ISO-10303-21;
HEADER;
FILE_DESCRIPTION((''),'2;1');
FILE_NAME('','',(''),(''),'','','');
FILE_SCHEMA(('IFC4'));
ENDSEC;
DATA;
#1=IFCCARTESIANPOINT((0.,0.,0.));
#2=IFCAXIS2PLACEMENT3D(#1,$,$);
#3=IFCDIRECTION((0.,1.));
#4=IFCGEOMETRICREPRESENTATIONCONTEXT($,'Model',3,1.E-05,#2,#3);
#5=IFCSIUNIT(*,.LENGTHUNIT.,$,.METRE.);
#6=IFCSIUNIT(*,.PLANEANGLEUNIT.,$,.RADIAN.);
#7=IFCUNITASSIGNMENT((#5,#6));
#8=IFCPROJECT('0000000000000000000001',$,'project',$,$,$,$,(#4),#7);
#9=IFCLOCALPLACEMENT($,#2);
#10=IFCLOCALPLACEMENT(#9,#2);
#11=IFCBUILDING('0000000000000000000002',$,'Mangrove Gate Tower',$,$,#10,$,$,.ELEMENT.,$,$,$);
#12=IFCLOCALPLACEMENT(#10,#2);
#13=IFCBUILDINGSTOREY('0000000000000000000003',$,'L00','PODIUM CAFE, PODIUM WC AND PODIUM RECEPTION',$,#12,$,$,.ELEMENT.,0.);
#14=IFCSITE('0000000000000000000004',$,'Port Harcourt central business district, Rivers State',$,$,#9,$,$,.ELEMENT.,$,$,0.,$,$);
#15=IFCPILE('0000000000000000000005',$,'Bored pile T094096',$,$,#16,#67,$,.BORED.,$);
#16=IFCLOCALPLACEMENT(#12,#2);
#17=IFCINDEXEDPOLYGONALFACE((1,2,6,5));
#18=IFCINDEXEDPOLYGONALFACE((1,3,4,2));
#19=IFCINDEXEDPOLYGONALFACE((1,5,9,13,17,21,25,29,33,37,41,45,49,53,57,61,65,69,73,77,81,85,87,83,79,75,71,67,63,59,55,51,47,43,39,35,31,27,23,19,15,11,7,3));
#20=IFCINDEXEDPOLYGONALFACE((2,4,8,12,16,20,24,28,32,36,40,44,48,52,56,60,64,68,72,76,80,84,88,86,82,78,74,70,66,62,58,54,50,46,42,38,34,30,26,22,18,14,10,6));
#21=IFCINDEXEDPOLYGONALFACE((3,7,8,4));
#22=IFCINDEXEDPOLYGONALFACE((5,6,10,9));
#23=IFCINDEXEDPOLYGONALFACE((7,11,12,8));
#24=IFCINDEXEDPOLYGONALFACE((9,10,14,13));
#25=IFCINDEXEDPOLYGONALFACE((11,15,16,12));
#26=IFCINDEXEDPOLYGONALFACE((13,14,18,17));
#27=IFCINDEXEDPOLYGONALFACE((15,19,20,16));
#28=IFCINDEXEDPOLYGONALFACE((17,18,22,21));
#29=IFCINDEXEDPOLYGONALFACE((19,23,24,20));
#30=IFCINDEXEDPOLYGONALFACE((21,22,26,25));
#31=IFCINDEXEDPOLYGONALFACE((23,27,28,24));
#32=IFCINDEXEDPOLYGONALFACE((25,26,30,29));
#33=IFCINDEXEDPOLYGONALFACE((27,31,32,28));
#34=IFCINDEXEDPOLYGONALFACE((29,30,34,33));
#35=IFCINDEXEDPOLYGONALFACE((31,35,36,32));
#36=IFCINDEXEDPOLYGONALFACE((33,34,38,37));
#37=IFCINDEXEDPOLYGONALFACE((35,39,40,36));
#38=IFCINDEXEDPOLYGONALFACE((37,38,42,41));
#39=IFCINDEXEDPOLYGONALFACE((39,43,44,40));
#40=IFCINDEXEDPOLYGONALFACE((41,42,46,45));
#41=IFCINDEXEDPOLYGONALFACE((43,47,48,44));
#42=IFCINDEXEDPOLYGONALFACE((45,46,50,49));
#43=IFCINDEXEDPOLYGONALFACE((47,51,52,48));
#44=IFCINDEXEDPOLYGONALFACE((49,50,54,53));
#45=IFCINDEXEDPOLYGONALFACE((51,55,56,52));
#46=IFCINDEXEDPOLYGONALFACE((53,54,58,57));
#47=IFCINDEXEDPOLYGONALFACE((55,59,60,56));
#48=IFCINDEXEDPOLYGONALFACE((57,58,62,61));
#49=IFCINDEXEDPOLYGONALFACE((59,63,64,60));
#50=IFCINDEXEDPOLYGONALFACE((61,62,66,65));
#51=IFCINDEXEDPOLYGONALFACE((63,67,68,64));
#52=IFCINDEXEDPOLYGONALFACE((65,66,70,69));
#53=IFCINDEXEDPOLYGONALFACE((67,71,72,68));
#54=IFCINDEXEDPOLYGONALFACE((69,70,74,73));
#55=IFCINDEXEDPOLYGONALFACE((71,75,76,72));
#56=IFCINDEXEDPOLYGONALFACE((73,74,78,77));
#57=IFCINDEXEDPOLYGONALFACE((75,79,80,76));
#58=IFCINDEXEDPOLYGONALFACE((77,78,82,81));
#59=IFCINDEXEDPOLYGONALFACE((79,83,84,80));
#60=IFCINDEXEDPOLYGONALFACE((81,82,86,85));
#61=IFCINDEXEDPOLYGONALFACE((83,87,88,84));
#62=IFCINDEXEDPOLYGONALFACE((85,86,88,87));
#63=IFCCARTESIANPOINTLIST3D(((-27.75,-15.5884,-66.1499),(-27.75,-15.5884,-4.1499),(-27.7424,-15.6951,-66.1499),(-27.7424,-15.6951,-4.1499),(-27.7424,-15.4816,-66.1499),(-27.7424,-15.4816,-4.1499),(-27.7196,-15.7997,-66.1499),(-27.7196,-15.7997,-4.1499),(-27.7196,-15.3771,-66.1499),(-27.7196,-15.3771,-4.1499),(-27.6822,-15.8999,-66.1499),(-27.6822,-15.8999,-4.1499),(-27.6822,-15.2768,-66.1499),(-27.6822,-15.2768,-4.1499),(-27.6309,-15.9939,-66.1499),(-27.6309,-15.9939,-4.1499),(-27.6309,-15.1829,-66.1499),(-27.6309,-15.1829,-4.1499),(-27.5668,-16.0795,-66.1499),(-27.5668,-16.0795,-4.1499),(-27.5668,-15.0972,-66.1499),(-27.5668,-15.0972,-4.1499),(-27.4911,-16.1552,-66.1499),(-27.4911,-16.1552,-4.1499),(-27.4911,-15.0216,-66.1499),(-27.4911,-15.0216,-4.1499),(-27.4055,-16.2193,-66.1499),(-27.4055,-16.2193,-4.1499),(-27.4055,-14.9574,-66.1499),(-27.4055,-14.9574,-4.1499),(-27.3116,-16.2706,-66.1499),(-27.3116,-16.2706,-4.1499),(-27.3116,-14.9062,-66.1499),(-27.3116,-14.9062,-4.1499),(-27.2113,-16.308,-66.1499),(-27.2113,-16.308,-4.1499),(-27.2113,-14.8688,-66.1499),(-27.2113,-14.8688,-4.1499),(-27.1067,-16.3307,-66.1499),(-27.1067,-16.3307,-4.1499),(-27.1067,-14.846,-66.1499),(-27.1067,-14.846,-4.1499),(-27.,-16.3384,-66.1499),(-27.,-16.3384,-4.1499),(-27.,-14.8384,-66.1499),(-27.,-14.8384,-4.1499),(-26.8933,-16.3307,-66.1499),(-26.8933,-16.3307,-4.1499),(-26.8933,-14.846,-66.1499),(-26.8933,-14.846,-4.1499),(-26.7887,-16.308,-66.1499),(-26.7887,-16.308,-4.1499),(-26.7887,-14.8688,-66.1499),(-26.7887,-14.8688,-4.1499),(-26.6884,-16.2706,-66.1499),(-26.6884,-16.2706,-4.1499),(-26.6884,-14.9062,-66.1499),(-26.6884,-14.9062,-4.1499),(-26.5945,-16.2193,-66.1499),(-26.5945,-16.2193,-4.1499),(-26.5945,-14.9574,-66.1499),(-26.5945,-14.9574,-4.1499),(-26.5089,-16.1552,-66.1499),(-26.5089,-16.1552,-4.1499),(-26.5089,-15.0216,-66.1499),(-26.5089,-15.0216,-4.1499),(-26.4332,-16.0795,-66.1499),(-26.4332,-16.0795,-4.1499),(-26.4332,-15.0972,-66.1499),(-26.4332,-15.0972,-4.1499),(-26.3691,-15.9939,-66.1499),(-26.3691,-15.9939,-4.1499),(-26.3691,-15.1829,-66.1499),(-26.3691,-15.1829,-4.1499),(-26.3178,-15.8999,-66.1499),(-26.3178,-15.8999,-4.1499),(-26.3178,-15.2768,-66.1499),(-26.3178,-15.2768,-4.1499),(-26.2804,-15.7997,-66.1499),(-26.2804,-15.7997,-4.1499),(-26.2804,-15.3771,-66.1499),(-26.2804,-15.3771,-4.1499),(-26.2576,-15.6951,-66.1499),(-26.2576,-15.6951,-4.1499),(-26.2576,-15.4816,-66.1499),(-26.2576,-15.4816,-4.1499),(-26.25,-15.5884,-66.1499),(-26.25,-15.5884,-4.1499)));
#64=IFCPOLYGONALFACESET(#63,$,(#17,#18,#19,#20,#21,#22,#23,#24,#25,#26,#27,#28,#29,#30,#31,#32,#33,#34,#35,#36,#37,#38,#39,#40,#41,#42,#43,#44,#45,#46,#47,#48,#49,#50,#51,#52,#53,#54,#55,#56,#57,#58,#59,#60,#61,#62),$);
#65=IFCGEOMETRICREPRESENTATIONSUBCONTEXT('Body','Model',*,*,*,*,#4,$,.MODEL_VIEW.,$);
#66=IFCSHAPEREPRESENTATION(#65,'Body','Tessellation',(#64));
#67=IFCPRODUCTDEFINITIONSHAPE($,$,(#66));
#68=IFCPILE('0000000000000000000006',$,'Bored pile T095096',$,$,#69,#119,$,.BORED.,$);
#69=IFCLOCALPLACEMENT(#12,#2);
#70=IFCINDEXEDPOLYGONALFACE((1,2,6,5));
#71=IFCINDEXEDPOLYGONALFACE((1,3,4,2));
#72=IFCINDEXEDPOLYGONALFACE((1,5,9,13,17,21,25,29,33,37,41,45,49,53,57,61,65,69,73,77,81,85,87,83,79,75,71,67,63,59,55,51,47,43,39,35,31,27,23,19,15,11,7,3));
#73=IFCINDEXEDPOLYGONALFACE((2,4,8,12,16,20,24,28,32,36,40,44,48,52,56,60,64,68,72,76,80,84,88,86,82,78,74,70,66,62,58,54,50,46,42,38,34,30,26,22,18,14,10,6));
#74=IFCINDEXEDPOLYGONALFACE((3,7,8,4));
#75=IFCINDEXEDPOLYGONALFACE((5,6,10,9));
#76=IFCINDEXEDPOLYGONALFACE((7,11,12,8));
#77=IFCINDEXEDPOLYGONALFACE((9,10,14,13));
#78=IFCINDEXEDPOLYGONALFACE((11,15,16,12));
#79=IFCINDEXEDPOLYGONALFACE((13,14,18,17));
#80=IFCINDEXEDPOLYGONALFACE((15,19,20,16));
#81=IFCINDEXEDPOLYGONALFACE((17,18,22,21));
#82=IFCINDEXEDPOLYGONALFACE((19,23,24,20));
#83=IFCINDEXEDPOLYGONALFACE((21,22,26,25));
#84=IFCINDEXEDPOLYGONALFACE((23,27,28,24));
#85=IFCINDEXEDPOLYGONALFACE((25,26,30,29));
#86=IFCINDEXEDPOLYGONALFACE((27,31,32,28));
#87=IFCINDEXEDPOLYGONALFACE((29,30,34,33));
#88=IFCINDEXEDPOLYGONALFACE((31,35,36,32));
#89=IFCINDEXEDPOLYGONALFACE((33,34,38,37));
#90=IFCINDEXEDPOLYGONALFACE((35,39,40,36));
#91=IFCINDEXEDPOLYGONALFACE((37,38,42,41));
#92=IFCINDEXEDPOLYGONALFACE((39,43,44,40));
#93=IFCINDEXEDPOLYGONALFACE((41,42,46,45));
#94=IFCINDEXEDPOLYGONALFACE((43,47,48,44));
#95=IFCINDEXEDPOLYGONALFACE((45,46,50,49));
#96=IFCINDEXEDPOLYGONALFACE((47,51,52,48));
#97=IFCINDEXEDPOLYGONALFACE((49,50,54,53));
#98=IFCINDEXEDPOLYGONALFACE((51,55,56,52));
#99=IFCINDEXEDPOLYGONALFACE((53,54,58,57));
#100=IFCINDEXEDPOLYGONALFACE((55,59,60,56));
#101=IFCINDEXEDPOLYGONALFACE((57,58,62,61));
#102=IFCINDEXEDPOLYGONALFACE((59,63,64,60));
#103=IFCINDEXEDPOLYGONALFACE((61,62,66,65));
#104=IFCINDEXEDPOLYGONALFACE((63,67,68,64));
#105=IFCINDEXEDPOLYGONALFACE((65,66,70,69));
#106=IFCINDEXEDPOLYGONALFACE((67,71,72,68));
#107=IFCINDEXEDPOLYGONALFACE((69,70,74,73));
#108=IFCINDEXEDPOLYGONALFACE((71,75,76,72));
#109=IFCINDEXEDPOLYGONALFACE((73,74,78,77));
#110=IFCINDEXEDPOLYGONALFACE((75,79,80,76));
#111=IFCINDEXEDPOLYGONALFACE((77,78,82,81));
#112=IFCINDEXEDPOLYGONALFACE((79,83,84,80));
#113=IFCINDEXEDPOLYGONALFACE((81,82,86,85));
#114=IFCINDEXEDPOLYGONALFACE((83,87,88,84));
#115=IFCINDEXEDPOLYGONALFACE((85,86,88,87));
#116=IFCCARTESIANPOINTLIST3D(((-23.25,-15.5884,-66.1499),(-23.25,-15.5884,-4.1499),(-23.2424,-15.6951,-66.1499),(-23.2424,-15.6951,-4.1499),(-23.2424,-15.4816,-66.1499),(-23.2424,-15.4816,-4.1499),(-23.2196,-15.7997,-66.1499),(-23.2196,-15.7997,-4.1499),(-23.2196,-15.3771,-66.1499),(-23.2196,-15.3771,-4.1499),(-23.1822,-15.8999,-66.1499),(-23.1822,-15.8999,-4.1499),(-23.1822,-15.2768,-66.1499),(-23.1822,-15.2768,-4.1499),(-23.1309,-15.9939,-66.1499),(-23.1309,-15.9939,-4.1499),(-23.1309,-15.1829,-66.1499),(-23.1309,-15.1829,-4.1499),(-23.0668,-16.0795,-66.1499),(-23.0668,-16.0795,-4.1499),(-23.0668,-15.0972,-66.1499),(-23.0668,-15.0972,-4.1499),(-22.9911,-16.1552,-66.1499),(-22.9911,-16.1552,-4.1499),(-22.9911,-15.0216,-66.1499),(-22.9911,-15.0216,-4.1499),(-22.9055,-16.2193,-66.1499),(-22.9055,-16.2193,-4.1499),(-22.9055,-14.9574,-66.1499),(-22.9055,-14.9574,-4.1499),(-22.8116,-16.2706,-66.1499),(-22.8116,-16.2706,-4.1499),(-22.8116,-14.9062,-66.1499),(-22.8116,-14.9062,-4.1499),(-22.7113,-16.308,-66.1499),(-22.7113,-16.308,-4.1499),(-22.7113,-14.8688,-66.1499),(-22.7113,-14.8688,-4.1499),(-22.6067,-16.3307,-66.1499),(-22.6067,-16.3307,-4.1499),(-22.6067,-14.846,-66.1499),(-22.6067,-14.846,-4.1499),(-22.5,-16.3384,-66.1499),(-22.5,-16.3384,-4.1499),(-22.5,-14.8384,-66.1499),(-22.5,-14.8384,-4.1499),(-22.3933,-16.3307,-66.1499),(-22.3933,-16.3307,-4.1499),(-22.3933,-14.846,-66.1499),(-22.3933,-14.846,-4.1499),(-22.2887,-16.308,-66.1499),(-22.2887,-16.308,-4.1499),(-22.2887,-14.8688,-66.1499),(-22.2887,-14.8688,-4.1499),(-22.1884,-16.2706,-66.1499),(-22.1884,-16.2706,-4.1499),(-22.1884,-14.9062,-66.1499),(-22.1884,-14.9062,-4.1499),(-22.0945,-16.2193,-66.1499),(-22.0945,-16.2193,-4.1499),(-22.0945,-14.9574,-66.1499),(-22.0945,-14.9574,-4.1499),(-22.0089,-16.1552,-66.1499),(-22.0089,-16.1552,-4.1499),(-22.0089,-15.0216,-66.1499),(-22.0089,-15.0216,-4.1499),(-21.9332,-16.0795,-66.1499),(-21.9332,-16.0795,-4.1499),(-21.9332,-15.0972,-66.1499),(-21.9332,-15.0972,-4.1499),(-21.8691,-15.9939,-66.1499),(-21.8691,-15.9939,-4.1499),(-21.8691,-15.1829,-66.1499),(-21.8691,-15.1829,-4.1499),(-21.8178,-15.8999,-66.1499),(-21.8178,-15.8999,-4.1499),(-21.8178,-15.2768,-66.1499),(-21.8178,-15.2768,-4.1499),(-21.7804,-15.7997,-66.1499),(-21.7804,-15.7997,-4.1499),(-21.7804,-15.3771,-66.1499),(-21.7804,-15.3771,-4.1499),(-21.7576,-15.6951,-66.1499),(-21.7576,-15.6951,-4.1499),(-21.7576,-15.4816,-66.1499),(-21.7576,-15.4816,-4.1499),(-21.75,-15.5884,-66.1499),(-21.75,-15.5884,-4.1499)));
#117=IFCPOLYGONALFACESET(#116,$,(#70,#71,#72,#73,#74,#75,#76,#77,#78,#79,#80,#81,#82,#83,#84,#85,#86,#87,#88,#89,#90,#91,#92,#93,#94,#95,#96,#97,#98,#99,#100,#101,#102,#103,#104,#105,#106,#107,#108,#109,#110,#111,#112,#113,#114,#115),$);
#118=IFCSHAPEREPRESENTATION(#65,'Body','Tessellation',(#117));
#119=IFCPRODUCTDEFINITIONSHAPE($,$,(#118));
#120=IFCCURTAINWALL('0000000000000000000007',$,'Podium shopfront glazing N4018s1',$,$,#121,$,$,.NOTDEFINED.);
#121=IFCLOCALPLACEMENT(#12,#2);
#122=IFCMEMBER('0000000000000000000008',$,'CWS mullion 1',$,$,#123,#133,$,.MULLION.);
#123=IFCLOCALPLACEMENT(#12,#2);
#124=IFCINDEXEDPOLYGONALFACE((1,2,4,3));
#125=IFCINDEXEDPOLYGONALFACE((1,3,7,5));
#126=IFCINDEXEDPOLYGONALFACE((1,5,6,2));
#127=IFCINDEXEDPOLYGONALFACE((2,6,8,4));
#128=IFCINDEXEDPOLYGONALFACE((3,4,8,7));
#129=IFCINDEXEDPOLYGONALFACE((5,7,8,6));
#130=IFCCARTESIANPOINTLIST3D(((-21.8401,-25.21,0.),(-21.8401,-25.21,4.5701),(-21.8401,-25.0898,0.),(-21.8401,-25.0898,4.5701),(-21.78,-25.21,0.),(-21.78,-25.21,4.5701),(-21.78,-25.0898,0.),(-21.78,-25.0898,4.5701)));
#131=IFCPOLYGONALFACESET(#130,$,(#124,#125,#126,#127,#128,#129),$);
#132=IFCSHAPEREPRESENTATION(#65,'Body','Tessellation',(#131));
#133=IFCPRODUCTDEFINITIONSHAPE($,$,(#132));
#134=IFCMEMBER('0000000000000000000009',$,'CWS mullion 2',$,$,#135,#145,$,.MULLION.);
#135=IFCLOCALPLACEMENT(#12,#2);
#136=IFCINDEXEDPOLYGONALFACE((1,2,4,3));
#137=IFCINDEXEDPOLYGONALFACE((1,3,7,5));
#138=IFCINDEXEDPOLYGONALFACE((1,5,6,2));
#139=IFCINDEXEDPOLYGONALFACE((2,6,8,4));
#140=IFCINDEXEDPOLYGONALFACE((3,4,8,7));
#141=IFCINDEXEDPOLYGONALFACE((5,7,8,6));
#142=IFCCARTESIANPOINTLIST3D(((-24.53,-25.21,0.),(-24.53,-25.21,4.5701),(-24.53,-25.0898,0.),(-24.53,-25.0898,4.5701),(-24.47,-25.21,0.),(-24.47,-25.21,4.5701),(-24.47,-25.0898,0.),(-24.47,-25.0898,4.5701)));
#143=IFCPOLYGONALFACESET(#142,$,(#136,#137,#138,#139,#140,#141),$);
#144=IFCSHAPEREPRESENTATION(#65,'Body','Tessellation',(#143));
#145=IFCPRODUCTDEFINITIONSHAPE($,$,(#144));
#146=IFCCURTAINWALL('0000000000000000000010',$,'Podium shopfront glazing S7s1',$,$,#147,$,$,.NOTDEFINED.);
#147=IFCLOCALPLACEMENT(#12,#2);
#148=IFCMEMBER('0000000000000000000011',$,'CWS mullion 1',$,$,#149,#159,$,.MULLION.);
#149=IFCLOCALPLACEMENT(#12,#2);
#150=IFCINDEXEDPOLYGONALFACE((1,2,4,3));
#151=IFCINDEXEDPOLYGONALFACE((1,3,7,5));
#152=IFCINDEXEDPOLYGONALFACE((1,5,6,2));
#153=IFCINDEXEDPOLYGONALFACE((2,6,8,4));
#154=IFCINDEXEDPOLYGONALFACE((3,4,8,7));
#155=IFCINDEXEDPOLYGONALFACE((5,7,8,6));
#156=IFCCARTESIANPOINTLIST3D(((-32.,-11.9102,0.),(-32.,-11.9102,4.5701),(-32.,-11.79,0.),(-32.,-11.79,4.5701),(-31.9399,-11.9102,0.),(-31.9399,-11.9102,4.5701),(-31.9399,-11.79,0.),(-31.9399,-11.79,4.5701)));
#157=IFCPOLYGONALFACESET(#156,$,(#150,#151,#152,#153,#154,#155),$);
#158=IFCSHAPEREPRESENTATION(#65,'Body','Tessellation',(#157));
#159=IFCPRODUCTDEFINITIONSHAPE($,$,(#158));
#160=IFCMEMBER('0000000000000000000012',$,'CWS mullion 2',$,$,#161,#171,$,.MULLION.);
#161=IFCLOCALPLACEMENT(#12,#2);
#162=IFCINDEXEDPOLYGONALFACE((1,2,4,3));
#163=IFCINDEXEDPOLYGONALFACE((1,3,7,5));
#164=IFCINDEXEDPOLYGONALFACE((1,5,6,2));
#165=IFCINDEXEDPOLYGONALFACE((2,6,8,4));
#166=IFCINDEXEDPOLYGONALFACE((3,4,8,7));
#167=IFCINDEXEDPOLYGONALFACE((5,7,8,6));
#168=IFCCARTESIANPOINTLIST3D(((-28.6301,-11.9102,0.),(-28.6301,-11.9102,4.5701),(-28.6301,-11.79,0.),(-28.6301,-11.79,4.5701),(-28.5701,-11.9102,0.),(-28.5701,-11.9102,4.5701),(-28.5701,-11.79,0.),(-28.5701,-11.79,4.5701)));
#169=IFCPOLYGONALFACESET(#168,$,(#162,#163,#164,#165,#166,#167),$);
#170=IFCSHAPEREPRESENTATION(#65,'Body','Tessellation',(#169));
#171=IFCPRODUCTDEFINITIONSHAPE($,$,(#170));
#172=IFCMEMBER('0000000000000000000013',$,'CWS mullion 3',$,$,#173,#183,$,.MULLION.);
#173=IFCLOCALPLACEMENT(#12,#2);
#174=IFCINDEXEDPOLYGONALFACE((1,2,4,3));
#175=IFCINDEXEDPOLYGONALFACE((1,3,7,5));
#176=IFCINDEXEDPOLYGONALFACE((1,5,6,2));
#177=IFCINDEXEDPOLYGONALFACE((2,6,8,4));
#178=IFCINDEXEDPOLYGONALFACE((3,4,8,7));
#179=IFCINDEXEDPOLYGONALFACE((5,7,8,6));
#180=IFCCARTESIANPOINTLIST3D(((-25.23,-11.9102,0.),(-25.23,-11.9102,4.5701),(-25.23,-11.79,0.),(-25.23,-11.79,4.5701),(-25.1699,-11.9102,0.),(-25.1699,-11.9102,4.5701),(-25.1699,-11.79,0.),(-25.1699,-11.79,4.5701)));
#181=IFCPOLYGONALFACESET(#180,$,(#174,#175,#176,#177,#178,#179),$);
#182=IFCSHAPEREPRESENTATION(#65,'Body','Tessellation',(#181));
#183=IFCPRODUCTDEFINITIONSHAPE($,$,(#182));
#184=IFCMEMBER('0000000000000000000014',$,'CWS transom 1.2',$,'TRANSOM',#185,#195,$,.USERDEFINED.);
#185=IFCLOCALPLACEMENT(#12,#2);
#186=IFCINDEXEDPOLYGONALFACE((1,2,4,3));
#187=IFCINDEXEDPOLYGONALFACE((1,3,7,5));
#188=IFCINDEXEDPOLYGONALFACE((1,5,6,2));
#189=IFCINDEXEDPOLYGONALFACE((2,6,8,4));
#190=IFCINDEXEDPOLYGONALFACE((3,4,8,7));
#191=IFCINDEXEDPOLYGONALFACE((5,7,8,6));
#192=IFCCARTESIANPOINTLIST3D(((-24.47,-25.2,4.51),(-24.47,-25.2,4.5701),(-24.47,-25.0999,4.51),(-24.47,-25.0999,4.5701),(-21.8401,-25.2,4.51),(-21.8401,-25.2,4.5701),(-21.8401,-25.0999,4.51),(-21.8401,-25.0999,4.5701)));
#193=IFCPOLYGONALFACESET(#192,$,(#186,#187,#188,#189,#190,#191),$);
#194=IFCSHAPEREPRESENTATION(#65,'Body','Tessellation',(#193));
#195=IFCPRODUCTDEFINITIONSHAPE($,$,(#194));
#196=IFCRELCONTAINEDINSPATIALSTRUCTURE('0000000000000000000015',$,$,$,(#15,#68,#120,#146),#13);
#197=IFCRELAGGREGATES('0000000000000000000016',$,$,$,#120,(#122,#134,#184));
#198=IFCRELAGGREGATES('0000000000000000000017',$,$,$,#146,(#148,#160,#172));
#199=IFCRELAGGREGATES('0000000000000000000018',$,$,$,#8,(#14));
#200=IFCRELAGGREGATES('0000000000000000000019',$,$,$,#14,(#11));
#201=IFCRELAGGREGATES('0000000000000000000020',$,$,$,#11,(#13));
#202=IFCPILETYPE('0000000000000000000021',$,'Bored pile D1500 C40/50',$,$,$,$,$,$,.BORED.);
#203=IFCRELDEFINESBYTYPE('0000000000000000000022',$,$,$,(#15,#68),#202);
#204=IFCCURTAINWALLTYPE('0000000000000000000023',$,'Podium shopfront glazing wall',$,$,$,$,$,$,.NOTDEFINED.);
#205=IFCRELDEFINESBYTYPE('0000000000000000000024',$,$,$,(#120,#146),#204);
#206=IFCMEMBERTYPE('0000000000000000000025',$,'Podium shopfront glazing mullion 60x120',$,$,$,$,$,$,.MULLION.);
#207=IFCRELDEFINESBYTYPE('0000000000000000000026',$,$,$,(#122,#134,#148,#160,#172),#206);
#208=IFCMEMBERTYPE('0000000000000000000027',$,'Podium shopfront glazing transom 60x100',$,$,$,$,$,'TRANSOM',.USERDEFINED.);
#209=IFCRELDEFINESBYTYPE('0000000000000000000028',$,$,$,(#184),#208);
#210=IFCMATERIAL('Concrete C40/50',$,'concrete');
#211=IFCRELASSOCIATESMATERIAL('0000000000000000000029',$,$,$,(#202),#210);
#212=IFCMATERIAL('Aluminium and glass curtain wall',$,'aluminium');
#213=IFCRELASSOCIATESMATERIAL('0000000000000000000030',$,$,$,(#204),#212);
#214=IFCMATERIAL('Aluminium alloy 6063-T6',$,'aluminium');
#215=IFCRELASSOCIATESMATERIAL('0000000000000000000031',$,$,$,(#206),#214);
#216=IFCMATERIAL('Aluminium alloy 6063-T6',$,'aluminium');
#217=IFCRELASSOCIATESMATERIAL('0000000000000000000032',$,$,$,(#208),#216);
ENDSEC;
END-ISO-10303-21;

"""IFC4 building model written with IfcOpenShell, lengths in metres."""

from ifc_helpers import new_model, si_unit, direction, frame, origin, origin_2d, place, context, subcontext, project, spatial, rectangle, circle, extrude, material, material_profile, profile_set, type_object, element, aggregate, save


model = new_model("IFC4")

# Units and contexts
model_context = context("Model", 3, precision=1e-05, world=origin(), true_north=direction((0.0, 1.0)))
body_context = subcontext(model_context, "Body", "Model", "MODEL_VIEW")
ifc_project = project(units=[si_unit("LENGTHUNIT", "METRE"), si_unit("PLANEANGLEUNIT", "RADIAN")], contexts=[model_context])

# Site, building, storey
site_placement = place(None, origin())
site = spatial("IfcSite", under=ifc_project, at=site_placement, Name="Port Harcourt central business district, Rivers State", CompositionType="ELEMENT", RefElevation=0.0)
building_placement = place(site_placement, origin())
building = spatial("IfcBuilding", under=site, at=building_placement, Name="Mangrove Gate Tower", CompositionType="ELEMENT")
storey_placement = place(building_placement, origin())
storey = spatial("IfcBuildingStorey", under=building, at=storey_placement, Name="L00", Description="PODIUM CAFE, PODIUM WC AND PODIUM RECEPTION", CompositionType="ELEMENT", Elevation=0.0)

# Piles
ifc_material_1 = material(Name="Concrete C40/50", Category="concrete")
ifc_material_profile_1 = material_profile(ifc_material_1, circle(Radius=0.75, at=origin_2d()))
ifc_profile_set_1 = profile_set([ifc_material_profile_1], Name="Concrete C40/50")
pile_type = type_object("IfcPileType", Name="Bored pile D1500 C40/50", PredefinedType="BORED", material=ifc_profile_set_1)
for number, where, z_axis, x_axis, name in (
    (1, (-27.0, -15.5884, -4.1499), (0.0, 0.0, -1.0), (1.0, 0.0, 0.0), "Bored pile T094096"),
    (2, (-22.5, -15.5884, -4.1499), (0.0, 0.0, -1.0), (1.0, 0.0, 0.0), "Bored pile T095096"),
):
    element("IfcPile", number, at=place(storey_placement, frame(where, z_axis=z_axis, x_axis=x_axis)), inside=storey, type_object=pile_type, Name=name, PredefinedType="BORED", context=body_context, shape_type="SweptSolid", body=[
        extrude(circle(Radius=0.75, at=origin_2d()), origin(), (0.0, 0.0, 1.0), 62.0),
    ])

# Curtain walls, members
ifc_material_2 = material(Name="Aluminium and glass curtain wall", Category="aluminium")
curtain_wall_type = type_object("IfcCurtainWallType", Name="Podium shopfront glazing wall", PredefinedType="NOTDEFINED", material=ifc_material_2)
curtain_wall_1_placement = place(storey_placement, origin())
curtain_wall_1 = element("IfcCurtainWall", 3, at=curtain_wall_1_placement, inside=storey, type_object=curtain_wall_type, Name="Podium shopfront glazing N4018s1", PredefinedType="NOTDEFINED")
ifc_material_3 = material(Name="Aluminium alloy 6063-T6", Category="aluminium")
ifc_material_profile_2 = material_profile(ifc_material_3, rectangle(XDim=0.0601, YDim=0.1201, at=origin_2d()))
ifc_profile_set_2 = profile_set([ifc_material_profile_2], Name="Aluminium alloy 6063-T6")
member_type_1 = type_object("IfcMemberType", Name="Podium shopfront glazing mullion 60x120", PredefinedType="MULLION", material=ifc_profile_set_2)
member_1_placement = place(storey_placement, frame((-21.8101, -25.1499, 0.0), z_axis=(0.0, 0.0, 1.0), x_axis=(-1.0, 0.0, 0.0)))
member_1 = element("IfcMember", 4, at=member_1_placement, type_object=member_type_1, Name="CWS mullion 1", PredefinedType="MULLION", context=body_context, shape_type="SweptSolid", body=[
    extrude(rectangle(XDim=0.0601, YDim=0.1201, at=origin_2d()), origin(), (0.0, 0.0, 1.0), 4.5701),
])
member_2_placement = place(storey_placement, frame((-24.5, -25.1499, 0.0), z_axis=(0.0, 0.0, 1.0), x_axis=(-1.0, 0.0, 0.0)))
member_2 = element("IfcMember", 5, at=member_2_placement, type_object=member_type_1, Name="CWS mullion 2", PredefinedType="MULLION", context=body_context, shape_type="SweptSolid", body=[
    extrude(rectangle(XDim=0.0601, YDim=0.1201, at=origin_2d()), origin(), (0.0, 0.0, 1.0), 4.5701),
])
curtain_wall_2_placement = place(storey_placement, origin())
curtain_wall_2 = element("IfcCurtainWall", 6, at=curtain_wall_2_placement, inside=storey, type_object=curtain_wall_type, Name="Podium shopfront glazing S7s1", PredefinedType="NOTDEFINED")
member_3_placement = place(storey_placement, frame((-31.97, -11.8501, 0.0), z_axis=(0.0, 0.0, 1.0), x_axis=(1.0, 0.0, 0.0)))
member_3 = element("IfcMember", 7, at=member_3_placement, type_object=member_type_1, Name="CWS mullion 1", PredefinedType="MULLION", context=body_context, shape_type="SweptSolid", body=[
    extrude(rectangle(XDim=0.0601, YDim=0.1201, at=origin_2d()), origin(), (0.0, 0.0, 1.0), 4.5701),
])
member_4_placement = place(storey_placement, frame((-28.6001, -11.8501, 0.0), z_axis=(0.0, 0.0, 1.0), x_axis=(1.0, 0.0, 0.0)))
member_4 = element("IfcMember", 8, at=member_4_placement, type_object=member_type_1, Name="CWS mullion 2", PredefinedType="MULLION", context=body_context, shape_type="SweptSolid", body=[
    extrude(rectangle(XDim=0.0601, YDim=0.1201, at=origin_2d()), origin(), (0.0, 0.0, 1.0), 4.5701),
])
member_5_placement = place(storey_placement, frame((-25.2, -11.8501, 0.0), z_axis=(0.0, 0.0, 1.0), x_axis=(1.0, 0.0, 0.0)))
member_5 = element("IfcMember", 9, at=member_5_placement, type_object=member_type_1, Name="CWS mullion 3", PredefinedType="MULLION", context=body_context, shape_type="SweptSolid", body=[
    extrude(rectangle(XDim=0.0601, YDim=0.1201, at=origin_2d()), origin(), (0.0, 0.0, 1.0), 4.5701),
])

# Member
ifc_material_4 = material(Name="Aluminium alloy 6063-T6", Category="aluminium")
ifc_material_profile_3 = material_profile(ifc_material_4, rectangle(XDim=0.0601, YDim=0.1001, at=origin_2d()))
ifc_profile_set_3 = profile_set([ifc_material_profile_3], Name="Aluminium alloy 6063-T6")
member_type_2 = type_object("IfcMemberType", Name="Podium shopfront glazing transom 60x100", ElementType="TRANSOM", PredefinedType="USERDEFINED", material=ifc_profile_set_3)
member_6_placement = place(storey_placement, frame((-21.8401, -25.1499, 4.54), z_axis=(-1.0, 0.0, 0.0), x_axis=(0.0, 0.0, 1.0)))
member_6 = element("IfcMember", 10, at=member_6_placement, type_object=member_type_2, Name="CWS transom 1.2", ObjectType="TRANSOM", PredefinedType="USERDEFINED", context=body_context, shape_type="SweptSolid", body=[
    extrude(rectangle(XDim=0.0601, YDim=0.1001, at=origin_2d()), origin(), (0.0, 0.0, 1.0), 2.6299),
])

aggregate(curtain_wall_1, [member_1, member_2, member_6])
aggregate(curtain_wall_2, [member_3, member_4, member_5])

save(model, "model.ifc")
